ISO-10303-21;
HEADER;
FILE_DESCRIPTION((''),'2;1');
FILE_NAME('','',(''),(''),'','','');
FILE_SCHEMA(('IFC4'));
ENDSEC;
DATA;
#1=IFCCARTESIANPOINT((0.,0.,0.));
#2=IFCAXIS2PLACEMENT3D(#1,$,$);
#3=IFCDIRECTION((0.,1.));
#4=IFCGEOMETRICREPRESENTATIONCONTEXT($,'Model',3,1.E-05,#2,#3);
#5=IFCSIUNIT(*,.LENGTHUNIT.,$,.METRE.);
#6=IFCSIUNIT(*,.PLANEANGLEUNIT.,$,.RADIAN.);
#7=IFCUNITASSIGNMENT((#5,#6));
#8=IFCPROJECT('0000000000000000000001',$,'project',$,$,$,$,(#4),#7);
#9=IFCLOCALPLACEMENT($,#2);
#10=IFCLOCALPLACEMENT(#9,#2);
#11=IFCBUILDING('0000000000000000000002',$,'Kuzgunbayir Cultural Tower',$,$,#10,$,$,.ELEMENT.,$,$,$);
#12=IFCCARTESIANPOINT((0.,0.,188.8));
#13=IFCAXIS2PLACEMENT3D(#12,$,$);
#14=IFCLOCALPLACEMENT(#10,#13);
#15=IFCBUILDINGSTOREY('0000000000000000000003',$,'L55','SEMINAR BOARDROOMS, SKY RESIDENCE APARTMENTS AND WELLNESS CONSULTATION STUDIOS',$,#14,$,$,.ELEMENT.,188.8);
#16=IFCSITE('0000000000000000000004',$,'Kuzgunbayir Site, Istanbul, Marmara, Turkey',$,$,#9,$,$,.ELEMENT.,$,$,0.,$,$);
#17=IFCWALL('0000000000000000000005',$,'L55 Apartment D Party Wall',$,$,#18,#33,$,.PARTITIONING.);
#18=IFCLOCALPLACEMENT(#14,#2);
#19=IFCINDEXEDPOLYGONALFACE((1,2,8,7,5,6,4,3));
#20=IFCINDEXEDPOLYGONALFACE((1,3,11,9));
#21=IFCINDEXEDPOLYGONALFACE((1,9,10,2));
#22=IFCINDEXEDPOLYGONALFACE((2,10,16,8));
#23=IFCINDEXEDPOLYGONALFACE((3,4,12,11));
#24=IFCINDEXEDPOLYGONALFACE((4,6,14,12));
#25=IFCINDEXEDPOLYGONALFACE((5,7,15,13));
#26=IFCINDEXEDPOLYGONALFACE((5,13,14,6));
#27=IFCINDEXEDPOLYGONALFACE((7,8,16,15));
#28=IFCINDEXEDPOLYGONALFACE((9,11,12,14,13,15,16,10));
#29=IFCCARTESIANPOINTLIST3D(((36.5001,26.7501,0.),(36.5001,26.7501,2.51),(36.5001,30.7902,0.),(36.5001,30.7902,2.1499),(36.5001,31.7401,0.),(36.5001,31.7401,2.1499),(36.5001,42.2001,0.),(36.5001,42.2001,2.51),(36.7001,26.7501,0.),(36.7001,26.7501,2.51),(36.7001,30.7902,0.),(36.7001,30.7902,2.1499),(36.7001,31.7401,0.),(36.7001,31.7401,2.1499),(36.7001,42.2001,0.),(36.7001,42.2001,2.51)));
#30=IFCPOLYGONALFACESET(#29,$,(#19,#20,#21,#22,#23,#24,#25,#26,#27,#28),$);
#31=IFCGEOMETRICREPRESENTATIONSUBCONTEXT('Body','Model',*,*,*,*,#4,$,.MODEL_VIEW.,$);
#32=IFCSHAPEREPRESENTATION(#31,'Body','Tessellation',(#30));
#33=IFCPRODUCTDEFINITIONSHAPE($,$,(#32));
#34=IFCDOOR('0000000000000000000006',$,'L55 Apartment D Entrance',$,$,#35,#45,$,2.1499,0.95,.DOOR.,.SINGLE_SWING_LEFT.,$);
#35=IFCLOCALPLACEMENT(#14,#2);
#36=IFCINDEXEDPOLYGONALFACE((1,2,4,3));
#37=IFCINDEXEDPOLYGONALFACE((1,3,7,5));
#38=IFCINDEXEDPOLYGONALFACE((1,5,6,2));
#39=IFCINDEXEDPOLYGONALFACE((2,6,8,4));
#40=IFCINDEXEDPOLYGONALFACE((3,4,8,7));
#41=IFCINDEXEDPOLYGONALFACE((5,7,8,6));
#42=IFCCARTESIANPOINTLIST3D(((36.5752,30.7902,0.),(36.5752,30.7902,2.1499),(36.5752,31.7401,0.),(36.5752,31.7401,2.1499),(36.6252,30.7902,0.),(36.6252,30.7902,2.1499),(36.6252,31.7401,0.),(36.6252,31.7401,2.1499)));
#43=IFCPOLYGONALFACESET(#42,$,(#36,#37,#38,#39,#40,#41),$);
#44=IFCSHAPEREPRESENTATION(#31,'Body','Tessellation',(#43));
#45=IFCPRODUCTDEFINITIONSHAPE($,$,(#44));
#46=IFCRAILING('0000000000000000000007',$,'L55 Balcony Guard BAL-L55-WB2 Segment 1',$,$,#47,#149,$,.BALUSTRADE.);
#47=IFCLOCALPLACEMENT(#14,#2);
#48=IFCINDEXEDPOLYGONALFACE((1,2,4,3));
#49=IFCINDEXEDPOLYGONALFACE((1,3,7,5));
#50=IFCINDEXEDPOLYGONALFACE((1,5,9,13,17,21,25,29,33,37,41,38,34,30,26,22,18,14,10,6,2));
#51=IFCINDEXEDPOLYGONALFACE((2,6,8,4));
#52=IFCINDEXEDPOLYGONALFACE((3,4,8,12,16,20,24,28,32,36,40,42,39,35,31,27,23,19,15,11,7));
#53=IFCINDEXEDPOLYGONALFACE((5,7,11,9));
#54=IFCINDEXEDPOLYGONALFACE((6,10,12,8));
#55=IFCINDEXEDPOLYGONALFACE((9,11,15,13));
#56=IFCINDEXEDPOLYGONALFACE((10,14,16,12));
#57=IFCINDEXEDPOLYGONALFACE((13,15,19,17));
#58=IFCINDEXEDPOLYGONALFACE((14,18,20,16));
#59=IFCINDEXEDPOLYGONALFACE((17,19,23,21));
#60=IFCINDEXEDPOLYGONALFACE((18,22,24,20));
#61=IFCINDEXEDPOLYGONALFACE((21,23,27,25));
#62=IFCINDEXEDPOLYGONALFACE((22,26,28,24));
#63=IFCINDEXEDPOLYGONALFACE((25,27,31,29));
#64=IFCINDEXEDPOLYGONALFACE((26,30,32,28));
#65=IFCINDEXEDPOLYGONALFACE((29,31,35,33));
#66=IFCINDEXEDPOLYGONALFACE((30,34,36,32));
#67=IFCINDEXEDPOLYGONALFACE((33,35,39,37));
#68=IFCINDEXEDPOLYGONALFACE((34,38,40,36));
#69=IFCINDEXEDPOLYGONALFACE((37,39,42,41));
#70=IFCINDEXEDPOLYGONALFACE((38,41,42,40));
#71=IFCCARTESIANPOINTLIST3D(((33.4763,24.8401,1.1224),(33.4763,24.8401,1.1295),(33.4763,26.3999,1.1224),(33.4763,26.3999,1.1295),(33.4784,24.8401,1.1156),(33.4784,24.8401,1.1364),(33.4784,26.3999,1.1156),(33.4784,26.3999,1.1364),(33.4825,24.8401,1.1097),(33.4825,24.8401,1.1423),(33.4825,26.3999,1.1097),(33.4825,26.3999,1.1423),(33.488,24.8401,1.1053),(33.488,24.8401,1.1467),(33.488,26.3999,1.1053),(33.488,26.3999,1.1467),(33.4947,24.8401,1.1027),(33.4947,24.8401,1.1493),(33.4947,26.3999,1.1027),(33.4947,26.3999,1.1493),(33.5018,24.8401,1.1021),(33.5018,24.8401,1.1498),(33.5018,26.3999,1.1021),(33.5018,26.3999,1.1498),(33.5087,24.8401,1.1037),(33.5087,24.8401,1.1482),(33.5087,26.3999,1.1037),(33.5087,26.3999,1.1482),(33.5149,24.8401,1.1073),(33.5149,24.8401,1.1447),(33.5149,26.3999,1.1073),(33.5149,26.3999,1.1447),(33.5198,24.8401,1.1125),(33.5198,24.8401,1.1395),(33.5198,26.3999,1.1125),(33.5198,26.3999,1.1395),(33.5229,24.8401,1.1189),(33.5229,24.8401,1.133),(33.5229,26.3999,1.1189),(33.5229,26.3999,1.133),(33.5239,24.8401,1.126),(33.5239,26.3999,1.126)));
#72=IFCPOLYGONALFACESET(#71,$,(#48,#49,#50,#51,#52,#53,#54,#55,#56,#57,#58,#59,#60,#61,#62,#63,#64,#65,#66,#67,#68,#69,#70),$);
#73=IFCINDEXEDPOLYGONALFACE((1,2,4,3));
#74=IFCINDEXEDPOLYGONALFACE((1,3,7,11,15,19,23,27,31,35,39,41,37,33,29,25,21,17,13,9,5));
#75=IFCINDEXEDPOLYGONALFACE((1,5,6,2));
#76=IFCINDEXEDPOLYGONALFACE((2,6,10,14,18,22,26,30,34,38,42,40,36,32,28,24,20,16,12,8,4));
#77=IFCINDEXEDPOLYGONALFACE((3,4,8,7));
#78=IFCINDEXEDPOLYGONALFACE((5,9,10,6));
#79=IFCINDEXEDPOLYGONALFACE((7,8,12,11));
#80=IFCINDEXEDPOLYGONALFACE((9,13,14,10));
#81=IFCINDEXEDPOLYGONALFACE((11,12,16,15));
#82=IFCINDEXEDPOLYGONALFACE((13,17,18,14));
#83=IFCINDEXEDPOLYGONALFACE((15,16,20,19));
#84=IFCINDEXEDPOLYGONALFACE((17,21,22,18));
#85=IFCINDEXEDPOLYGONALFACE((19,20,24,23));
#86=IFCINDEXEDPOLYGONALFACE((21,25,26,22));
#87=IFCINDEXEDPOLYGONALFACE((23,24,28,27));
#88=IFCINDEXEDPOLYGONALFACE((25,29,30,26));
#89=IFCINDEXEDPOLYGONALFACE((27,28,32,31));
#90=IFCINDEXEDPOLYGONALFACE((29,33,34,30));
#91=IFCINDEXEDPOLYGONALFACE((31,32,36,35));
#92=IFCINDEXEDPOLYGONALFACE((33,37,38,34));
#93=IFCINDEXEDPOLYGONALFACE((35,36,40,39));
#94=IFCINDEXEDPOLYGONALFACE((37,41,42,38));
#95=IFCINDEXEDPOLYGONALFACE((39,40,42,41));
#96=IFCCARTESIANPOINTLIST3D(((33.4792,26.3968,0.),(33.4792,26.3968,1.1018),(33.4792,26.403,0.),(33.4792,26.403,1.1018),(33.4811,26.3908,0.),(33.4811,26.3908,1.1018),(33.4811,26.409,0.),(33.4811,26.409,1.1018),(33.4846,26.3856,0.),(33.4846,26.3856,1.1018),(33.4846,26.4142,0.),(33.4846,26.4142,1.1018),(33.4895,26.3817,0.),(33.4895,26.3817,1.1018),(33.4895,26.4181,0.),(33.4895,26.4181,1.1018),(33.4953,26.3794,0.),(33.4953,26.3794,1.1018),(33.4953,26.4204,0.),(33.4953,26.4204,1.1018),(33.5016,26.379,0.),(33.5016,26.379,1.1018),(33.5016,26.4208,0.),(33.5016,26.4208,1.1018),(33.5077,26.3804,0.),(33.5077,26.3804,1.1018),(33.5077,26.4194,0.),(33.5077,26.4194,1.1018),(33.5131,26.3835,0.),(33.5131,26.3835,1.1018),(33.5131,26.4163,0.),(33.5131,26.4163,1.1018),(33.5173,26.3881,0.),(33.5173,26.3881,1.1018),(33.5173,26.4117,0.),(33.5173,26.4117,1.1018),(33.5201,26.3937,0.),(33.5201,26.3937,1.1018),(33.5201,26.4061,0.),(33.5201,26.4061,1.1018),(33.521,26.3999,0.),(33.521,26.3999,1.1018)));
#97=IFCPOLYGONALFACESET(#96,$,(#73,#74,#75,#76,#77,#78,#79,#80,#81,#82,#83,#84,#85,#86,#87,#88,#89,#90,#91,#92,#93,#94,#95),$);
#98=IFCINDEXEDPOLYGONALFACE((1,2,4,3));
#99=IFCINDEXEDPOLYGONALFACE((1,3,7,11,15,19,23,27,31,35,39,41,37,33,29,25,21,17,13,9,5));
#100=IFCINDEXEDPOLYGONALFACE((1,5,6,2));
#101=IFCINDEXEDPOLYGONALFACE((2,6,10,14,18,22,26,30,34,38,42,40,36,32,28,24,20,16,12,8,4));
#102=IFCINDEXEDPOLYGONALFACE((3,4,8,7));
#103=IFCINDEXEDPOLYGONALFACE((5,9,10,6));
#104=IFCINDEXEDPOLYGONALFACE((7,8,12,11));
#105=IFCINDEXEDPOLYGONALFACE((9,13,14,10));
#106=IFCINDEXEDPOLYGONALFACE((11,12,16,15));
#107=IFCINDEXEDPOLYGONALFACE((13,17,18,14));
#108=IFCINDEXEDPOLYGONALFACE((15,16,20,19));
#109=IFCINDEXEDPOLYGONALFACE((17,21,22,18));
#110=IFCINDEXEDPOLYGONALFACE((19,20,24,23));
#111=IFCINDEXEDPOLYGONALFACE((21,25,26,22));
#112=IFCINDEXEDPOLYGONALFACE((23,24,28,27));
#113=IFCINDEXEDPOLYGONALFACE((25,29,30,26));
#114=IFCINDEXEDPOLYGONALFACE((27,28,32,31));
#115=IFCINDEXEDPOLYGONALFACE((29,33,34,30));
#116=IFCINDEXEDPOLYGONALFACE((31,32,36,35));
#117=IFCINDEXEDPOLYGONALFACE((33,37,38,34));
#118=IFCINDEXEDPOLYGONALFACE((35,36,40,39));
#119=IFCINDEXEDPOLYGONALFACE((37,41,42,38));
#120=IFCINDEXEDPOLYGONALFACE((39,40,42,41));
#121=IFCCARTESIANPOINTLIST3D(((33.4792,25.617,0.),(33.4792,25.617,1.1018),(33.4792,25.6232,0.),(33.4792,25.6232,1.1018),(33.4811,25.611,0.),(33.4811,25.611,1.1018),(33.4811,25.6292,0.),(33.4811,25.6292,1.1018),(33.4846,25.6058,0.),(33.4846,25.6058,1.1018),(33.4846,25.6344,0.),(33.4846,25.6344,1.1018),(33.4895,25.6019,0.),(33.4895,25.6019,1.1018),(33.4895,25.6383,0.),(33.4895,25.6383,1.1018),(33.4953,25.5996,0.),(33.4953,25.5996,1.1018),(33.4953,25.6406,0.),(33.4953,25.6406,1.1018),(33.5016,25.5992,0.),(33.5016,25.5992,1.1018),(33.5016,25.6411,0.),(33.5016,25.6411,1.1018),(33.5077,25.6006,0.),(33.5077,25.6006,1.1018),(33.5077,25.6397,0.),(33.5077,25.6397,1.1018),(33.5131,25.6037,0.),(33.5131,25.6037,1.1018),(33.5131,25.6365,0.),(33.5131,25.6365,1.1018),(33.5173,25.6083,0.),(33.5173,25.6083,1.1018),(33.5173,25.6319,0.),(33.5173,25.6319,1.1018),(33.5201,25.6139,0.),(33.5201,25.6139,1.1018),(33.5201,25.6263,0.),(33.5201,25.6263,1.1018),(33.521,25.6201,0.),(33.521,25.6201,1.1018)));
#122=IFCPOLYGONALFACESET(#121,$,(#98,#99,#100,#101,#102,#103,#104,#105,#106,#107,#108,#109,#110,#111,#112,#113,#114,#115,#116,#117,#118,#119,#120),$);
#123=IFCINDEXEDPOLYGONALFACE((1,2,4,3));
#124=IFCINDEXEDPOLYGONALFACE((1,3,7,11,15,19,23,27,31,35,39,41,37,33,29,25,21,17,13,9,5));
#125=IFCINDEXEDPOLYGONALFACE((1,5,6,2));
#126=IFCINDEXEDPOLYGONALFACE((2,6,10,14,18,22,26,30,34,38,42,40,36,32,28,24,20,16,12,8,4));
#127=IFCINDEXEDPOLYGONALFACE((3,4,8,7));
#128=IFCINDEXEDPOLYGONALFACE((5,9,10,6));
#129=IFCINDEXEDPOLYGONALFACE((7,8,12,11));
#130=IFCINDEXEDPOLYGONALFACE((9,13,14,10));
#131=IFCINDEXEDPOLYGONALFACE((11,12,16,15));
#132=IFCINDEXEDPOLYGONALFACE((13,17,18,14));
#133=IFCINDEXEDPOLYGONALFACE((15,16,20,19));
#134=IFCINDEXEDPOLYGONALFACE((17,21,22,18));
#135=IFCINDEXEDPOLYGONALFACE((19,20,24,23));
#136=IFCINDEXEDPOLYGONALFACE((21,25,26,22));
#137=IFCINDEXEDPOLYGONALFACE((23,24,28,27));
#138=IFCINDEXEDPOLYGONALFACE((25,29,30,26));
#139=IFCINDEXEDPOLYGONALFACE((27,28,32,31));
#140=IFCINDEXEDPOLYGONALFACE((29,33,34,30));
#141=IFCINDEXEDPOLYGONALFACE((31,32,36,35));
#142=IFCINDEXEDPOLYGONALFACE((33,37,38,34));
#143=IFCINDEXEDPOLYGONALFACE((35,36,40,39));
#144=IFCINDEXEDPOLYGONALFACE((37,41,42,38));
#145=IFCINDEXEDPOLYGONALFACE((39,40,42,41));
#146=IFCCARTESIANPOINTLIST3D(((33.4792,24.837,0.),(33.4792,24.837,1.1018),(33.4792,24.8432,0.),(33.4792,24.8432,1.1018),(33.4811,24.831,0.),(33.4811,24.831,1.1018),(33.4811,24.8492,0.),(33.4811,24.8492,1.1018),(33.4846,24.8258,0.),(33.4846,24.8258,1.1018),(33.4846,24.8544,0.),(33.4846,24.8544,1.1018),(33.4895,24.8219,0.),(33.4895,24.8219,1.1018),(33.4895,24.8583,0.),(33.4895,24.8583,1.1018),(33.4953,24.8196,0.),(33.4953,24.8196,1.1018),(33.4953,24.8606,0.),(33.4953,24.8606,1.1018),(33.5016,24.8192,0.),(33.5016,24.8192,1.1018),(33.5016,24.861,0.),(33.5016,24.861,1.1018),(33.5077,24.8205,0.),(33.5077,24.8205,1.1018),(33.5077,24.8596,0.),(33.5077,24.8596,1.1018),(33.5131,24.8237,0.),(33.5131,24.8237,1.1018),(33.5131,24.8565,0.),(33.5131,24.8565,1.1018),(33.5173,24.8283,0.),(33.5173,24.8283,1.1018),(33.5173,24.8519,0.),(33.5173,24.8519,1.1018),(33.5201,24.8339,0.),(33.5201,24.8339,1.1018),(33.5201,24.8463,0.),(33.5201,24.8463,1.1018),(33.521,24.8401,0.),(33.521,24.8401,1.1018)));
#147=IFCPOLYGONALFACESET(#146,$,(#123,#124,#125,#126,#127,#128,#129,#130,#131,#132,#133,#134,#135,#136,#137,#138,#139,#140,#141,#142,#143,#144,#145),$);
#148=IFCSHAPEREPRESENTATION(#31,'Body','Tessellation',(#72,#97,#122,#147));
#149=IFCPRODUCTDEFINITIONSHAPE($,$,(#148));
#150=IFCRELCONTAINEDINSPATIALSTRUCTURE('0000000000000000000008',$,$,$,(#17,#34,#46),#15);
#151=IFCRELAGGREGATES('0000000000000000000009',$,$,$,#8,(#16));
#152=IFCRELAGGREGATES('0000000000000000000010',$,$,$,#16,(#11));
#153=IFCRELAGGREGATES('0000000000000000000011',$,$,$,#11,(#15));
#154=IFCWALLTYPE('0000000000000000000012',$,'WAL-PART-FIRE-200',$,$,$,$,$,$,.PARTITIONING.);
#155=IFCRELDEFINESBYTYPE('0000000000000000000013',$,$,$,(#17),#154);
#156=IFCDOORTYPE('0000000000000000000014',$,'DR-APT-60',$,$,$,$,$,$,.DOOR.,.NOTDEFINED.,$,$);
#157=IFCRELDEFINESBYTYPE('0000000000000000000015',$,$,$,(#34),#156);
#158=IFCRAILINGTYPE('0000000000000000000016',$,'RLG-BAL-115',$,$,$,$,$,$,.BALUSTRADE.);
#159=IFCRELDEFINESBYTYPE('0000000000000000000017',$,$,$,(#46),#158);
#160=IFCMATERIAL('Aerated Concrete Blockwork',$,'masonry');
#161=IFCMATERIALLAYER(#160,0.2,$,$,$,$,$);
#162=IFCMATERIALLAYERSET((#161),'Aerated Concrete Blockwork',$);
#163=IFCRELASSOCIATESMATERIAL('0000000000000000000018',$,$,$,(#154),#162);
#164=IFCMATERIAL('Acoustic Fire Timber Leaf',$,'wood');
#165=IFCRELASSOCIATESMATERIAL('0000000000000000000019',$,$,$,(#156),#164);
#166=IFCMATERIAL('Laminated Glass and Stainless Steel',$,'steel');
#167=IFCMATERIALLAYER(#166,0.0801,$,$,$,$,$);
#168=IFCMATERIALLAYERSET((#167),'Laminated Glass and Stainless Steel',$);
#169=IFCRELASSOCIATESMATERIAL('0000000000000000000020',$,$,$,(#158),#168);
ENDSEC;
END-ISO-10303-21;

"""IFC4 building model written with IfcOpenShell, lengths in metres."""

from ifc_helpers import new_model, si_unit, direction, frame, frame_2d, origin, origin_2d, place, context, subcontext, project, spatial, rectangle, circle, extrude, material, layer, layer_set, type_object, element, fill, save


model = new_model("IFC4")

# Units and contexts
model_context = context("Model", 3, precision=1e-05, world=origin(), true_north=direction((0.0, 1.0)))
body_context = subcontext(model_context, "Body", "Model", "MODEL_VIEW")
ifc_project = project(units=[si_unit("LENGTHUNIT", "METRE"), si_unit("PLANEANGLEUNIT", "RADIAN")], contexts=[model_context])

# Site, building, storey
site_placement = place(None, origin())
site = spatial("IfcSite", under=ifc_project, at=site_placement, Name="Kuzgunbayir Site, Istanbul, Marmara, Turkey", CompositionType="ELEMENT", RefElevation=0.0)
building_placement = place(site_placement, origin())
building = spatial("IfcBuilding", under=site, at=building_placement, Name="Kuzgunbayir Cultural Tower", CompositionType="ELEMENT")
storey_placement = place(building_placement, frame((0.0, 0.0, 188.8)))
storey = spatial("IfcBuildingStorey", under=building, at=storey_placement, Name="L55", Description="SEMINAR BOARDROOMS, SKY RESIDENCE APARTMENTS AND WELLNESS CONSULTATION STUDIOS", CompositionType="ELEMENT", Elevation=188.8)

# Wall, opening, door
ifc_material_1 = material(Name="Aerated Concrete Blockwork", Category="masonry")
ifc_layer_1 = layer(ifc_material_1, 0.2)
ifc_layer_set_1 = layer_set([ifc_layer_1], Name="Aerated Concrete Blockwork")
wall_type_1 = type_object("IfcWallType", Name="WAL-PART-FIRE-200", PredefinedType="PARTITIONING", material=ifc_layer_set_1)
wall_1_placement = place(storey_placement, frame((36.6001, 26.75, 0.0), z_axis=(0.0, 0.0, 1.0), x_axis=(0.0, 1.0, 0.0)))
wall_1 = element("IfcWall", 1, at=wall_1_placement, inside=storey, type_object=wall_type_1, Name="L55 Apartment D Party Wall", PredefinedType="PARTITIONING", context=body_context, shape_type="SweptSolid", body=[
    extrude(rectangle(XDim=15.45, YDim=0.2, at=frame_2d((7.7251, 0.0))), origin(), (0.0, 0.0, 1.0), 2.51),
])
opening_1_placement = place(wall_1_placement, frame((4.04, 0.0, 0.0)))
opening_1 = element("IfcOpeningElement", 2, at=opening_1_placement, cuts=wall_1, PredefinedType="OPENING", context=body_context, shape_type="SweptSolid", body=[
    extrude(rectangle(XDim=0.95, YDim=2.1499, at=frame_2d((0.4751, 1.075))), frame((0.0, 0.1099, 0.0), z_axis=(0.0, -1.0, 0.0), x_axis=(1.0, 0.0, 0.0)), (0.0, 0.0, 1.0), 0.22),
])
ifc_material_2 = material(Name="Acoustic Fire Timber Leaf", Category="wood")
door_type = type_object("IfcDoorType", Name="DR-APT-60", OperationType="NOTDEFINED", PredefinedType="DOOR", material=ifc_material_2)
door_placement = place(opening_1_placement, origin())
door = element("IfcDoor", 3, at=door_placement, inside=storey, type_object=door_type, Name="L55 Apartment D Entrance", OperationType="SINGLE_SWING_LEFT", OverallHeight=2.1499, OverallWidth=0.95, PredefinedType="DOOR", context=body_context, shape_type="SweptSolid", body=[
    extrude(rectangle(XDim=0.95, YDim=2.1499, at=frame_2d((0.4751, 1.075))), frame((0.0, 0.0249, 0.0), z_axis=(0.0, -1.0, 0.0), x_axis=(1.0, 0.0, 0.0)), (0.0, 0.0, 1.0), 0.05),
])
fill(opening_1, door)

# Railing
ifc_material_3 = material(Name="Laminated Glass and Stainless Steel", Category="steel")
ifc_layer_2 = layer(ifc_material_3, 0.0801)
ifc_layer_set_2 = layer_set([ifc_layer_2], Name="Laminated Glass and Stainless Steel")
railing_type = type_object("IfcRailingType", Name="RLG-BAL-115", PredefinedType="BALUSTRADE", material=ifc_layer_set_2)
railing_1_placement = place(storey_placement, frame((33.5, 26.3999, 0.0)))
element("IfcRailing", 4, at=railing_1_placement, inside=storey, type_object=railing_type, Name="L55 Balcony Guard BAL-L55-WB2 Segment 1", PredefinedType="BALUSTRADE", context=body_context, shape_type="SweptSolid", body=[
    extrude(circle(Radius=0.0239, at=origin_2d()), frame((0.0, 0.0, 1.126), z_axis=(0.0, -1.0, 0.0), x_axis=(1.0, 0.0, 0.0)), (0.0, 0.0, 1.0), 1.5598),
    extrude(circle(Radius=0.021, at=origin_2d()), origin(), (0.0, 0.0, 1.0), 1.1018),
    extrude(circle(Radius=0.021, at=origin_2d()), frame((0.0, -0.7798, 0.0)), (0.0, 0.0, 1.0), 1.1018),
    extrude(circle(Radius=0.021, at=origin_2d()), frame((0.0, -1.5598, 0.0)), (0.0, 0.0, 1.0), 1.1018),
])

save(model, "model.ifc")
